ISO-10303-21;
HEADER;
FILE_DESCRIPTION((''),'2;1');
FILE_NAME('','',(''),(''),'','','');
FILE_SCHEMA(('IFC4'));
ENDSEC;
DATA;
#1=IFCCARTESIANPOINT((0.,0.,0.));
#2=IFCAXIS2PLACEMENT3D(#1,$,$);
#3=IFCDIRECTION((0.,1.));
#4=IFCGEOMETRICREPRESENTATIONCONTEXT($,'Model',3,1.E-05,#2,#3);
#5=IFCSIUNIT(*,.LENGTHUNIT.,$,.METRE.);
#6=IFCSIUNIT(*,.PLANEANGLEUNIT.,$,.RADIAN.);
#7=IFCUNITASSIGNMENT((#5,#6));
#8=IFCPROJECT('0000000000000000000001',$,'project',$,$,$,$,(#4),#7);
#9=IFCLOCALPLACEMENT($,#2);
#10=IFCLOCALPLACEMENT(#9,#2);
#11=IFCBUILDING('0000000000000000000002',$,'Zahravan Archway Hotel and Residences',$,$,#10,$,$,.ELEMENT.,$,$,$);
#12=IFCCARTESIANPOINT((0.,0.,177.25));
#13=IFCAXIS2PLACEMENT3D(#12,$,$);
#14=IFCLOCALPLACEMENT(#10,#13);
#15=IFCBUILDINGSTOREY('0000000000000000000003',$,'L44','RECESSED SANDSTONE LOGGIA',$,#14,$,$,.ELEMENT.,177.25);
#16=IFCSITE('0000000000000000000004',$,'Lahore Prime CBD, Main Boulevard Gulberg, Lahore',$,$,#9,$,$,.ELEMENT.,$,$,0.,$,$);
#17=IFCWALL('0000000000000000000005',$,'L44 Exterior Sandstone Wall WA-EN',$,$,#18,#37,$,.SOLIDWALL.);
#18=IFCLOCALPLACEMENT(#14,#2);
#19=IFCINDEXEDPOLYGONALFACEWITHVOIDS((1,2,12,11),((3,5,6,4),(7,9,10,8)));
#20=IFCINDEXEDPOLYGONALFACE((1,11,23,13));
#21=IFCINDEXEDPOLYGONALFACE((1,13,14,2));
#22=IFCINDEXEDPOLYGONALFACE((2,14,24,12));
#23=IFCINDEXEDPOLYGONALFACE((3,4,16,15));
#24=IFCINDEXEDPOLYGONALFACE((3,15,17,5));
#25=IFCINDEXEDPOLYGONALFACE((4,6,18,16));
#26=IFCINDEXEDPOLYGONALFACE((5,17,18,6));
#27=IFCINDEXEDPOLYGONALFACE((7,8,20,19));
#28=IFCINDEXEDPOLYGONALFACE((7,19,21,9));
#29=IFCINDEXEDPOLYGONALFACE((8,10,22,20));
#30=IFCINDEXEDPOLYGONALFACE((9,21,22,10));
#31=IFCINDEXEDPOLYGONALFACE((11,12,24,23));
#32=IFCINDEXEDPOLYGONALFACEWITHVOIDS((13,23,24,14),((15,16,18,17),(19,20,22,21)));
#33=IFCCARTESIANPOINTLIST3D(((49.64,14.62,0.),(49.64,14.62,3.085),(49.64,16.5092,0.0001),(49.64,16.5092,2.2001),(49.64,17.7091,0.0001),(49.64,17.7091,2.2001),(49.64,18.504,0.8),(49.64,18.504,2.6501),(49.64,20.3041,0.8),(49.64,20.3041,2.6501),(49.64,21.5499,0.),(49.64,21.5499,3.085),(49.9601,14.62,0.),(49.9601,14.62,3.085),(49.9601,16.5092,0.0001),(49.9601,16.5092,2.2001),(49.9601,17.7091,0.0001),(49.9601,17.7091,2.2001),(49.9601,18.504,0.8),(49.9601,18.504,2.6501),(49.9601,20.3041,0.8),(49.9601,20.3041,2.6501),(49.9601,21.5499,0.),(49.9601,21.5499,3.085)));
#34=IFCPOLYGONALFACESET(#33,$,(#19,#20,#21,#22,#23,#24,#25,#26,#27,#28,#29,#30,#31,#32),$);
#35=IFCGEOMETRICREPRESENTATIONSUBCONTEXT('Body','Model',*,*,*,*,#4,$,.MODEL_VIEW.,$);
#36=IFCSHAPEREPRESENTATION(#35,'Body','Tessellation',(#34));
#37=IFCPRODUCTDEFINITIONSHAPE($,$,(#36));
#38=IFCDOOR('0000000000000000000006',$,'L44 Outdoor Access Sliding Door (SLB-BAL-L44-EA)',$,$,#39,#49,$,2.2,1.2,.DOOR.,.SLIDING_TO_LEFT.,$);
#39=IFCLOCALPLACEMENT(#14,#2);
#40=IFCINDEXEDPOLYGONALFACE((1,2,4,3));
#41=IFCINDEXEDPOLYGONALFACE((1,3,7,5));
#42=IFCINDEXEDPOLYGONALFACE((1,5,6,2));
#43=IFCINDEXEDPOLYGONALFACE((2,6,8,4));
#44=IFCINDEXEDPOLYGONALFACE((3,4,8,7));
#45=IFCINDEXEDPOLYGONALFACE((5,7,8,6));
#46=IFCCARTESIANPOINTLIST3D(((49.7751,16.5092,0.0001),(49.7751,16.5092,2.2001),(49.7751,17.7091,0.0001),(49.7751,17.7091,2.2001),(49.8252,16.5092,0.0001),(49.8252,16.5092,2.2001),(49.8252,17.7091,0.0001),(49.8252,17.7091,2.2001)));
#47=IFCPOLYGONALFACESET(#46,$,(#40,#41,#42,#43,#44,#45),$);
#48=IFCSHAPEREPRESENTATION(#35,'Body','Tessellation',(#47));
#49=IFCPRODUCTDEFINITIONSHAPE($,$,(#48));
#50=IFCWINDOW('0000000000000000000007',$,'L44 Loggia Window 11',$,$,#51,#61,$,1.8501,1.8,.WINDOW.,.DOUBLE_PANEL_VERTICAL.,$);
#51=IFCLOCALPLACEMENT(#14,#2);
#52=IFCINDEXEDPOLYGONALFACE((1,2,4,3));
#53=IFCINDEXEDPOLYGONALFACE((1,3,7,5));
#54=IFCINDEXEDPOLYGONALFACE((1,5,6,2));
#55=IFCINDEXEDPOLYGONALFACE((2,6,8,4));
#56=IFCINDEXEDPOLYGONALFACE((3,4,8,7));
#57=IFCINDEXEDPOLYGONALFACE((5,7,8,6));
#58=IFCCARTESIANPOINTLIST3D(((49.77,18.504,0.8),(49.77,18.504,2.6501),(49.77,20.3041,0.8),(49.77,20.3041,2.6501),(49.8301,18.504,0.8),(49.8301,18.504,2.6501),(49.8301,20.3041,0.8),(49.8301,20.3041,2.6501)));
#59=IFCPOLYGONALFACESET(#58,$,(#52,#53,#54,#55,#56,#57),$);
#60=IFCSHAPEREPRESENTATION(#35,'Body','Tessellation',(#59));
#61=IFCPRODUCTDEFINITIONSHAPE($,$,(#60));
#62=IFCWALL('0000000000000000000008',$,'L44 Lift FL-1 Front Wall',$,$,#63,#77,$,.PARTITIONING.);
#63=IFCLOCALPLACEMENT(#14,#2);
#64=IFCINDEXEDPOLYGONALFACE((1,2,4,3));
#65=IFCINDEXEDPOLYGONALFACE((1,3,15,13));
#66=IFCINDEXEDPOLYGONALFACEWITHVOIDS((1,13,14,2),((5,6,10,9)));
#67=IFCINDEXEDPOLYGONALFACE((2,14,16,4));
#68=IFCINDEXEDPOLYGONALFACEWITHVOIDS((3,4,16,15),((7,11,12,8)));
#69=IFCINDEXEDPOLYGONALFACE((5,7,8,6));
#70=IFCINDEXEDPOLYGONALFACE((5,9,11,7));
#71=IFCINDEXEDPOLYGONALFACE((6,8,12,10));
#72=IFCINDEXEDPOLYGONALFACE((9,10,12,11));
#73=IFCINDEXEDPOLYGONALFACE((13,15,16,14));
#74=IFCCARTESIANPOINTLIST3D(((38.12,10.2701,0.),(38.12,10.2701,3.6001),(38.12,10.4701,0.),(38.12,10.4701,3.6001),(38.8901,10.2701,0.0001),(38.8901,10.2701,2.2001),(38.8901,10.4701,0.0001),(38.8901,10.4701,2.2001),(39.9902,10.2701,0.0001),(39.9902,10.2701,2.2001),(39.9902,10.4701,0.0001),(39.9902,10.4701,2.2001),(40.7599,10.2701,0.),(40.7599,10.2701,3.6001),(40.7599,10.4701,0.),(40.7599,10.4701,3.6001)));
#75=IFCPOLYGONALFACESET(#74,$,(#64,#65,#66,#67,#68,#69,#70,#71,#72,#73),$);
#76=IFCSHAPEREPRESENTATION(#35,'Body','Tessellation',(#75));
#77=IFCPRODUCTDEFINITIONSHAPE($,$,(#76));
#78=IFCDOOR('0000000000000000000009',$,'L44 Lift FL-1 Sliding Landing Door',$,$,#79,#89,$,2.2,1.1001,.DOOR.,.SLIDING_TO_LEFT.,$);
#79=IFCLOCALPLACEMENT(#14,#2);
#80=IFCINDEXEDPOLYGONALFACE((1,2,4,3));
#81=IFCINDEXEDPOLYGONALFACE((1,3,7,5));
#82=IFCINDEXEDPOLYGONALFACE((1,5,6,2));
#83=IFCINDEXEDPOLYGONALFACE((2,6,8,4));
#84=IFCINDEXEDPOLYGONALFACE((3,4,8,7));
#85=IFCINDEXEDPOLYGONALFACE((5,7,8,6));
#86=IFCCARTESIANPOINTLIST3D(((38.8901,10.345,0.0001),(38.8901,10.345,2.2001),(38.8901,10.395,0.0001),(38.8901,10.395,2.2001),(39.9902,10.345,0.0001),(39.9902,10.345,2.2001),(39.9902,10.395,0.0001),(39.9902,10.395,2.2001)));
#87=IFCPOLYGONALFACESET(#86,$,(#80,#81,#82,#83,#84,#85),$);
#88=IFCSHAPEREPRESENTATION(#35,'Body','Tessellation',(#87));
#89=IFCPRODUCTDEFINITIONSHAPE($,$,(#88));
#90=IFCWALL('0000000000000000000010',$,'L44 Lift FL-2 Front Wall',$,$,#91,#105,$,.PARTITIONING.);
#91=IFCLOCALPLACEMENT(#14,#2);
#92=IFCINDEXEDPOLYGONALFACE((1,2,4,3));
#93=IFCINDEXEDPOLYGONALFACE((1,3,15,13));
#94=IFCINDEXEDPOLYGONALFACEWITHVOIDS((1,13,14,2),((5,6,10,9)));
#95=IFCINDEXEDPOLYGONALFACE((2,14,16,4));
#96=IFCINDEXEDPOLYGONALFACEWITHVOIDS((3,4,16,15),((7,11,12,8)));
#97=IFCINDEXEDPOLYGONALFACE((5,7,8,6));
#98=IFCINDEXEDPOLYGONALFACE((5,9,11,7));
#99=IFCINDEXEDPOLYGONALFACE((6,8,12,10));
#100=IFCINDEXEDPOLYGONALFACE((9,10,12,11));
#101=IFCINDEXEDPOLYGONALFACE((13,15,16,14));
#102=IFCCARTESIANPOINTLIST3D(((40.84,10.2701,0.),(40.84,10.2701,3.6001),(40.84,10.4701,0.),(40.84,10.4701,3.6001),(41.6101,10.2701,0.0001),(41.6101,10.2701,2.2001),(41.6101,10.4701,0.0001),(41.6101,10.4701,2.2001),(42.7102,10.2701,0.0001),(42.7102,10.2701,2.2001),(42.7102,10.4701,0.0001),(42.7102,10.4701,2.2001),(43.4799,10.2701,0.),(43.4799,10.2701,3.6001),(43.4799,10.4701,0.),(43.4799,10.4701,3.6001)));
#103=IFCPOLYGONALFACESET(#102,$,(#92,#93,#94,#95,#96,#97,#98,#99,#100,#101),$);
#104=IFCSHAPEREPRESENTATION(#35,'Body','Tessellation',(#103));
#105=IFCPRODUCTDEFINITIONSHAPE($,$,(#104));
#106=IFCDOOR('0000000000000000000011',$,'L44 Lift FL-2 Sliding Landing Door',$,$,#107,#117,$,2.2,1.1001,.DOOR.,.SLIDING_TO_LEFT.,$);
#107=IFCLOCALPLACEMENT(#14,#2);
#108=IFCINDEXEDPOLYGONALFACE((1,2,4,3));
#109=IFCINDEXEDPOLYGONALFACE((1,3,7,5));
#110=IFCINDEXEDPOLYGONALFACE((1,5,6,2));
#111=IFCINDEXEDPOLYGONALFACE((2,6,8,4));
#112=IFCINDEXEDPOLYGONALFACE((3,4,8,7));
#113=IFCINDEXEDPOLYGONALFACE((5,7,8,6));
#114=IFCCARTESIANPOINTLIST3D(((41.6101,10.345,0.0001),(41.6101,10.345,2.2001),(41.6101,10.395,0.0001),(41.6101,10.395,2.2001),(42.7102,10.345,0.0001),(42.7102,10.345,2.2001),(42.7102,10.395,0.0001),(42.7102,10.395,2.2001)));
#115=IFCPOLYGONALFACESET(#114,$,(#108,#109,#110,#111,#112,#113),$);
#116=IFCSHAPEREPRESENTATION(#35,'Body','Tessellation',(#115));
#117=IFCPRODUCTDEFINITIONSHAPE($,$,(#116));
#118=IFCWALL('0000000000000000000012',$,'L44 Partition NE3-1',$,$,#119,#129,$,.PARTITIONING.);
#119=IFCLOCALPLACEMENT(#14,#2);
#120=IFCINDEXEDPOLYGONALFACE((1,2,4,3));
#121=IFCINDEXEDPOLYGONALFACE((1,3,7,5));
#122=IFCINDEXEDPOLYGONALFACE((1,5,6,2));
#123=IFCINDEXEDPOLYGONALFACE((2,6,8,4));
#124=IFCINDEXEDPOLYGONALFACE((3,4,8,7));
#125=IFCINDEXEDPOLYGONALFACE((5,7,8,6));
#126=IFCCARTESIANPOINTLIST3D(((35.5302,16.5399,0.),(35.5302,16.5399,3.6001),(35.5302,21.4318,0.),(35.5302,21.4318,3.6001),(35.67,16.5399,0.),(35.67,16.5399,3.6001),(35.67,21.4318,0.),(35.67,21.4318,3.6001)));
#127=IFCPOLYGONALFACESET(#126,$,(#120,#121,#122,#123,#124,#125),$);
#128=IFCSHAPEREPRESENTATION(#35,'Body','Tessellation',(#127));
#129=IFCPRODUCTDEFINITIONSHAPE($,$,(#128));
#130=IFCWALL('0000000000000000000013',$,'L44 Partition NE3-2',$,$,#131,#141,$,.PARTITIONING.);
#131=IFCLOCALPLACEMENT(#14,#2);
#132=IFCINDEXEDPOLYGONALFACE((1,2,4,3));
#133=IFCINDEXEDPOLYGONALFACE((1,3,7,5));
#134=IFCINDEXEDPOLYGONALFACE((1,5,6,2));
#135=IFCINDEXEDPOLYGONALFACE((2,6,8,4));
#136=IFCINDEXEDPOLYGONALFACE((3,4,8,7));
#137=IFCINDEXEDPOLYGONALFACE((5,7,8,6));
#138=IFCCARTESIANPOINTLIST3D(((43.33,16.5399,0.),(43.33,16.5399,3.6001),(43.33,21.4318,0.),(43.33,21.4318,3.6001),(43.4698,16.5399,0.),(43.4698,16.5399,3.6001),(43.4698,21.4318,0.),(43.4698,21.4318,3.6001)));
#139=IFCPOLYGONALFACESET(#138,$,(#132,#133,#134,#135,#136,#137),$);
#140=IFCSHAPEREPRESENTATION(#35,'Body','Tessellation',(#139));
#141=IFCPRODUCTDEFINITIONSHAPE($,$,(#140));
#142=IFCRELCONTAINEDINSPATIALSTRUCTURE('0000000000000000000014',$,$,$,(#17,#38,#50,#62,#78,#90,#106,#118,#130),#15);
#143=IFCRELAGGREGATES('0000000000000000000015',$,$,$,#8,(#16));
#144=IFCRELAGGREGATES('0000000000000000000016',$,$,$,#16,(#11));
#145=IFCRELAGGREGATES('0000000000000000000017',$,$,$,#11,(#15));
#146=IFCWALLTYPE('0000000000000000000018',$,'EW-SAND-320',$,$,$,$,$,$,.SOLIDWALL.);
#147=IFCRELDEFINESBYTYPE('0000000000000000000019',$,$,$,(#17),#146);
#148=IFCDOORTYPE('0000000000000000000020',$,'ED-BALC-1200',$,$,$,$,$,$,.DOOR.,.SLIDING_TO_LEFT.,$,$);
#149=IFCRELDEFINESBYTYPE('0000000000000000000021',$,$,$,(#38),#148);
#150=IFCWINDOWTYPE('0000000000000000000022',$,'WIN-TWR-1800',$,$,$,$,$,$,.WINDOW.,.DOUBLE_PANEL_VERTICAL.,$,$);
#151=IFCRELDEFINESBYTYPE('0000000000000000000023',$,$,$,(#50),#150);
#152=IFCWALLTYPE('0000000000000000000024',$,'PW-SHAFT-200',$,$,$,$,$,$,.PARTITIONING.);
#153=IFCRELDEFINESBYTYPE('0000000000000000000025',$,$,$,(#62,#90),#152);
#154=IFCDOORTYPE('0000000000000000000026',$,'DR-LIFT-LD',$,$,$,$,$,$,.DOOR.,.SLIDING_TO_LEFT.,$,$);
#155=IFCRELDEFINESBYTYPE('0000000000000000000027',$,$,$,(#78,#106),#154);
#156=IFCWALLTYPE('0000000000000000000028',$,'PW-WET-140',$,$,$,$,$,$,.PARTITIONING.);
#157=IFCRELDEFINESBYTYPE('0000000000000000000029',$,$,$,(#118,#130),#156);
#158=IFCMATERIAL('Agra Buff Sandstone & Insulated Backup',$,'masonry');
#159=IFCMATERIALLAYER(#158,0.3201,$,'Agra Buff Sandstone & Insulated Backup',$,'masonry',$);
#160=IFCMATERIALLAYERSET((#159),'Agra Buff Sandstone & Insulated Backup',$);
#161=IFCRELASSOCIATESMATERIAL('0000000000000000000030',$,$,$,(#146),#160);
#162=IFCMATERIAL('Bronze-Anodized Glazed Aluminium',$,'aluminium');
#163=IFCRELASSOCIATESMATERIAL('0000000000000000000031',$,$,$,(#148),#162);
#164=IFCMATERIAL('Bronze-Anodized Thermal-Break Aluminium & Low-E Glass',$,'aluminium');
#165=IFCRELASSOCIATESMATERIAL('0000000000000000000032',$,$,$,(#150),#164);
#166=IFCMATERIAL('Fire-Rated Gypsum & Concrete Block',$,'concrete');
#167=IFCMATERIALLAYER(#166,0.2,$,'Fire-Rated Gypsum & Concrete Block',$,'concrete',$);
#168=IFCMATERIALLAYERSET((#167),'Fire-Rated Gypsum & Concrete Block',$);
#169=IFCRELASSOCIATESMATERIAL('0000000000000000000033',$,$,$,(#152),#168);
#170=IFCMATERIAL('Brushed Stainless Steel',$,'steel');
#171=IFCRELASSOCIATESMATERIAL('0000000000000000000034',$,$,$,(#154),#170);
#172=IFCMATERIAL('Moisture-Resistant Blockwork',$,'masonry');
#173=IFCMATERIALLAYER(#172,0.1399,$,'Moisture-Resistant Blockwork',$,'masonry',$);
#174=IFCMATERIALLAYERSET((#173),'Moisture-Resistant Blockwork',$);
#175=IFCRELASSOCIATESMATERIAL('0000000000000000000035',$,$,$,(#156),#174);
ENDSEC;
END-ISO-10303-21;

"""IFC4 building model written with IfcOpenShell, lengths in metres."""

from ifc_helpers import new_model, si_unit, direction, frame, frame_2d, origin, place, context, subcontext, project, spatial, rectangle, extrude, source, transform, mapped, material, layer, layer_set, type_object, type_shapes, element, fill, save


model = new_model("IFC4")

# Units and contexts
model_context = context("Model", 3, precision=1e-05, world=origin(), true_north=direction((0.0, 1.0)))
body_context = subcontext(model_context, "Body", "Model", "MODEL_VIEW")
ifc_project = project(units=[si_unit("LENGTHUNIT", "METRE"), si_unit("PLANEANGLEUNIT", "RADIAN")], contexts=[model_context])

# Site, building, storey
site_placement = place(None, origin())
site = spatial("IfcSite", under=ifc_project, at=site_placement, Name="Lahore Prime CBD, Main Boulevard Gulberg, Lahore", CompositionType="ELEMENT", RefElevation=0.0)
building_placement = place(site_placement, origin())
building = spatial("IfcBuilding", under=site, at=building_placement, Name="Zahravan Archway Hotel and Residences", CompositionType="ELEMENT")
storey_placement = place(building_placement, frame((0.0, 0.0, 177.25)))
storey = spatial("IfcBuildingStorey", under=building, at=storey_placement, Name="L44", Description="RECESSED SANDSTONE LOGGIA", CompositionType="ELEMENT", Elevation=177.25)

# Wall, openings, door, window
ifc_material_1 = material(Name="Agra Buff Sandstone & Insulated Backup", Category="masonry")
ifc_layer_1 = layer(ifc_material_1, 0.3201, Name="Agra Buff Sandstone & Insulated Backup", Category="masonry")
ifc_layer_set_1 = layer_set([ifc_layer_1], Name="Agra Buff Sandstone & Insulated Backup")
wall_type_1 = type_object("IfcWallType", Name="EW-SAND-320", PredefinedType="SOLIDWALL", material=ifc_layer_set_1)
wall_1_placement = place(storey_placement, frame((49.8, 14.6201, 0.0), z_axis=(0.0, 0.0, 1.0), x_axis=(0.0, 1.0, 0.0)))
wall_1 = element("IfcWall", 1, at=wall_1_placement, inside=storey, type_object=wall_type_1, Name="L44 Exterior Sandstone Wall WA-EN", PredefinedType="SOLIDWALL", context=body_context, shape_type="SweptSolid", body=[
    extrude(rectangle(XDim=6.9299, YDim=0.3201, at=frame_2d((3.4648, 0.0))), origin(), (0.0, 0.0, 1.0), 3.085),
])
opening_1_placement = place(wall_1_placement, frame((1.8889, 0.0, 0.0)))
opening_1 = element("IfcOpeningElement", 2, at=opening_1_placement, cuts=wall_1, PredefinedType="OPENING", context=body_context, shape_type="SweptSolid", body=[
    extrude(rectangle(XDim=1.2, YDim=2.2, at=frame_2d((0.6001, 1.1001))), frame((0.0, 0.1699, 0.0), z_axis=(0.0, -1.0, 0.0), x_axis=(1.0, 0.0, 0.0)), (0.0, 0.0, 1.0), 0.3401),
])
opening_2_placement = place(wall_1_placement, frame((3.884, 0.0, 0.8)))
opening_2 = element("IfcOpeningElement", 3, at=opening_2_placement, cuts=wall_1, PredefinedType="OPENING", context=body_context, shape_type="SweptSolid", body=[
    extrude(rectangle(XDim=1.8, YDim=1.8501, at=frame_2d((0.8999, 0.925))), frame((0.0, 0.1699, 0.0), z_axis=(0.0, -1.0, 0.0), x_axis=(1.0, 0.0, 0.0)), (0.0, 0.0, 1.0), 0.3401),
])
ifc_material_2 = material(Name="Bronze-Anodized Glazed Aluminium", Category="aluminium")
door_type_1 = type_object("IfcDoorType", Name="ED-BALC-1200", OperationType="SLIDING_TO_LEFT", PredefinedType="DOOR", material=ifc_material_2)
shared_shape_1 = source(origin(), body_context, "Body", "SweptSolid", [
    extrude(rectangle(XDim=1.2, YDim=2.2, at=frame_2d((0.6001, 1.1001))), frame((0.0, 0.0249, 0.0), z_axis=(0.0, -1.0, 0.0), x_axis=(1.0, 0.0, 0.0)), (0.0, 0.0, 1.0), 0.05),
])
type_shapes(door_type_1, [shared_shape_1])
door_1_placement = place(opening_1_placement, origin())
door_1 = element("IfcDoor", 4, at=door_1_placement, inside=storey, type_object=door_type_1, Name="L44 Outdoor Access Sliding Door (SLB-BAL-L44-EA)", OperationType="SLIDING_TO_LEFT", OverallHeight=2.2, OverallWidth=1.2, PredefinedType="DOOR", context=body_context, shape_type="MappedRepresentation", body=[
    mapped(shared_shape_1, transform((0.0, 0.0, 0.0), scale=1.0)),
])
fill(opening_1, door_1)
ifc_material_3 = material(Name="Bronze-Anodized Thermal-Break Aluminium & Low-E Glass", Category="aluminium")
window_type = type_object("IfcWindowType", Name="WIN-TWR-1800", PartitioningType="DOUBLE_PANEL_VERTICAL", PredefinedType="WINDOW", material=ifc_material_3)
shared_shape_2 = source(origin(), body_context, "Body", "SweptSolid", [
    extrude(rectangle(XDim=1.8, YDim=1.8501, at=frame_2d((0.8999, 0.925))), frame((0.0, 0.03, 0.0), z_axis=(0.0, -1.0, 0.0), x_axis=(1.0, 0.0, 0.0)), (0.0, 0.0, 1.0), 0.0601),
])
type_shapes(window_type, [shared_shape_2])
window_placement = place(opening_2_placement, origin())
window = element("IfcWindow", 5, at=window_placement, inside=storey, type_object=window_type, Name="L44 Loggia Window 11", OverallHeight=1.8501, OverallWidth=1.8, PartitioningType="DOUBLE_PANEL_VERTICAL", PredefinedType="WINDOW", context=body_context, shape_type="MappedRepresentation", body=[
    mapped(shared_shape_2, transform((0.0, 0.0, 0.0), scale=1.0)),
])
fill(opening_2, window)

# Walls, openings, doors
ifc_material_4 = material(Name="Fire-Rated Gypsum & Concrete Block", Category="concrete")
ifc_layer_2 = layer(ifc_material_4, 0.2, Name="Fire-Rated Gypsum & Concrete Block", Category="concrete")
ifc_layer_set_2 = layer_set([ifc_layer_2], Name="Fire-Rated Gypsum & Concrete Block")
wall_type_2 = type_object("IfcWallType", Name="PW-SHAFT-200", PredefinedType="PARTITIONING", material=ifc_layer_set_2)
wall_2_placement = place(storey_placement, frame((38.1201, 10.3701, 0.0), z_axis=(0.0, 0.0, 1.0), x_axis=(1.0, 0.0, 0.0)))
wall_2 = element("IfcWall", 6, at=wall_2_placement, inside=storey, type_object=wall_type_2, Name="L44 Lift FL-1 Front Wall", PredefinedType="PARTITIONING", context=body_context, shape_type="SweptSolid", body=[
    extrude(rectangle(XDim=2.6399, YDim=0.2, at=frame_2d((1.3198, 0.0))), origin(), (0.0, 0.0, 1.0), 3.6001),
])
opening_3_placement = place(wall_2_placement, frame((0.77, 0.0, 0.0)))
opening_3 = element("IfcOpeningElement", 7, at=opening_3_placement, cuts=wall_2, PredefinedType="OPENING", context=body_context, shape_type="SweptSolid", body=[
    extrude(rectangle(XDim=1.1001, YDim=2.2, at=frame_2d((0.55, 1.1001))), frame((0.0, 0.1099, 0.0), z_axis=(0.0, -1.0, 0.0), x_axis=(1.0, 0.0, 0.0)), (0.0, 0.0, 1.0), 0.22),
])
ifc_material_5 = material(Name="Brushed Stainless Steel", Category="steel")
door_type_2 = type_object("IfcDoorType", Name="DR-LIFT-LD", OperationType="SLIDING_TO_LEFT", PredefinedType="DOOR", material=ifc_material_5)
shared_shape_3 = source(origin(), body_context, "Body", "SweptSolid", [
    extrude(rectangle(XDim=1.1001, YDim=2.2, at=frame_2d((0.55, 1.1001))), frame((0.0, 0.0249, 0.0), z_axis=(0.0, -1.0, 0.0), x_axis=(1.0, 0.0, 0.0)), (0.0, 0.0, 1.0), 0.05),
])
type_shapes(door_type_2, [shared_shape_3])
door_2_placement = place(opening_3_placement, origin())
door_2 = element("IfcDoor", 8, at=door_2_placement, inside=storey, type_object=door_type_2, Name="L44 Lift FL-1 Sliding Landing Door", OperationType="SLIDING_TO_LEFT", OverallHeight=2.2, OverallWidth=1.1001, PredefinedType="DOOR", context=body_context, shape_type="MappedRepresentation", body=[
    mapped(shared_shape_3, transform((0.0, 0.0, 0.0), scale=1.0)),
])
fill(opening_3, door_2)
wall_3_placement = place(storey_placement, frame((40.8401, 10.3701, 0.0), z_axis=(0.0, 0.0, 1.0), x_axis=(1.0, 0.0, 0.0)))
wall_3 = element("IfcWall", 9, at=wall_3_placement, inside=storey, type_object=wall_type_2, Name="L44 Lift FL-2 Front Wall", PredefinedType="PARTITIONING", context=body_context, shape_type="SweptSolid", body=[
    extrude(rectangle(XDim=2.6399, YDim=0.2, at=frame_2d((1.3198, 0.0))), origin(), (0.0, 0.0, 1.0), 3.6001),
])
opening_4_placement = place(wall_3_placement, frame((0.77, 0.0, 0.0)))
opening_4 = element("IfcOpeningElement", 10, at=opening_4_placement, cuts=wall_3, PredefinedType="OPENING", context=body_context, shape_type="SweptSolid", body=[
    extrude(rectangle(XDim=1.1001, YDim=2.2, at=frame_2d((0.55, 1.1001))), frame((0.0, 0.1099, 0.0), z_axis=(0.0, -1.0, 0.0), x_axis=(1.0, 0.0, 0.0)), (0.0, 0.0, 1.0), 0.22),
])
door_3_placement = place(opening_4_placement, origin())
door_3 = element("IfcDoor", 11, at=door_3_placement, inside=storey, type_object=door_type_2, Name="L44 Lift FL-2 Sliding Landing Door", OperationType="SLIDING_TO_LEFT", OverallHeight=2.2, OverallWidth=1.1001, PredefinedType="DOOR", context=body_context, shape_type="MappedRepresentation", body=[
    mapped(shared_shape_3, transform((0.0, 0.0, 0.0), scale=1.0)),
])
fill(opening_4, door_3)

# Walls
ifc_material_6 = material(Name="Moisture-Resistant Blockwork", Category="masonry")
ifc_layer_3 = layer(ifc_material_6, 0.1399, Name="Moisture-Resistant Blockwork", Category="masonry")
ifc_layer_set_3 = layer_set([ifc_layer_3], Name="Moisture-Resistant Blockwork")
wall_type_3 = type_object("IfcWallType", Name="PW-WET-140", PredefinedType="PARTITIONING", material=ifc_layer_set_3)
for number, where, z_axis, x_axis, name in (
    (12, (35.6001, 16.54, 0.0), (0.0, 0.0, 1.0), (0.0, 1.0, 0.0), "L44 Partition NE3-1"),
    (13, (43.3999, 16.54, 0.0), (0.0, 0.0, 1.0), (0.0, 1.0, 0.0), "L44 Partition NE3-2"),
):
    element("IfcWall", number, at=place(storey_placement, frame(where, z_axis=z_axis, x_axis=x_axis)), inside=storey, type_object=wall_type_3, Name=name, PredefinedType="PARTITIONING", context=body_context, shape_type="SweptSolid", body=[
        extrude(rectangle(XDim=4.8918, YDim=0.1399, at=frame_2d((2.4458, 0.0))), origin(), (0.0, 0.0, 1.0), 3.6001),
    ])

save(model, "model.ifc")
